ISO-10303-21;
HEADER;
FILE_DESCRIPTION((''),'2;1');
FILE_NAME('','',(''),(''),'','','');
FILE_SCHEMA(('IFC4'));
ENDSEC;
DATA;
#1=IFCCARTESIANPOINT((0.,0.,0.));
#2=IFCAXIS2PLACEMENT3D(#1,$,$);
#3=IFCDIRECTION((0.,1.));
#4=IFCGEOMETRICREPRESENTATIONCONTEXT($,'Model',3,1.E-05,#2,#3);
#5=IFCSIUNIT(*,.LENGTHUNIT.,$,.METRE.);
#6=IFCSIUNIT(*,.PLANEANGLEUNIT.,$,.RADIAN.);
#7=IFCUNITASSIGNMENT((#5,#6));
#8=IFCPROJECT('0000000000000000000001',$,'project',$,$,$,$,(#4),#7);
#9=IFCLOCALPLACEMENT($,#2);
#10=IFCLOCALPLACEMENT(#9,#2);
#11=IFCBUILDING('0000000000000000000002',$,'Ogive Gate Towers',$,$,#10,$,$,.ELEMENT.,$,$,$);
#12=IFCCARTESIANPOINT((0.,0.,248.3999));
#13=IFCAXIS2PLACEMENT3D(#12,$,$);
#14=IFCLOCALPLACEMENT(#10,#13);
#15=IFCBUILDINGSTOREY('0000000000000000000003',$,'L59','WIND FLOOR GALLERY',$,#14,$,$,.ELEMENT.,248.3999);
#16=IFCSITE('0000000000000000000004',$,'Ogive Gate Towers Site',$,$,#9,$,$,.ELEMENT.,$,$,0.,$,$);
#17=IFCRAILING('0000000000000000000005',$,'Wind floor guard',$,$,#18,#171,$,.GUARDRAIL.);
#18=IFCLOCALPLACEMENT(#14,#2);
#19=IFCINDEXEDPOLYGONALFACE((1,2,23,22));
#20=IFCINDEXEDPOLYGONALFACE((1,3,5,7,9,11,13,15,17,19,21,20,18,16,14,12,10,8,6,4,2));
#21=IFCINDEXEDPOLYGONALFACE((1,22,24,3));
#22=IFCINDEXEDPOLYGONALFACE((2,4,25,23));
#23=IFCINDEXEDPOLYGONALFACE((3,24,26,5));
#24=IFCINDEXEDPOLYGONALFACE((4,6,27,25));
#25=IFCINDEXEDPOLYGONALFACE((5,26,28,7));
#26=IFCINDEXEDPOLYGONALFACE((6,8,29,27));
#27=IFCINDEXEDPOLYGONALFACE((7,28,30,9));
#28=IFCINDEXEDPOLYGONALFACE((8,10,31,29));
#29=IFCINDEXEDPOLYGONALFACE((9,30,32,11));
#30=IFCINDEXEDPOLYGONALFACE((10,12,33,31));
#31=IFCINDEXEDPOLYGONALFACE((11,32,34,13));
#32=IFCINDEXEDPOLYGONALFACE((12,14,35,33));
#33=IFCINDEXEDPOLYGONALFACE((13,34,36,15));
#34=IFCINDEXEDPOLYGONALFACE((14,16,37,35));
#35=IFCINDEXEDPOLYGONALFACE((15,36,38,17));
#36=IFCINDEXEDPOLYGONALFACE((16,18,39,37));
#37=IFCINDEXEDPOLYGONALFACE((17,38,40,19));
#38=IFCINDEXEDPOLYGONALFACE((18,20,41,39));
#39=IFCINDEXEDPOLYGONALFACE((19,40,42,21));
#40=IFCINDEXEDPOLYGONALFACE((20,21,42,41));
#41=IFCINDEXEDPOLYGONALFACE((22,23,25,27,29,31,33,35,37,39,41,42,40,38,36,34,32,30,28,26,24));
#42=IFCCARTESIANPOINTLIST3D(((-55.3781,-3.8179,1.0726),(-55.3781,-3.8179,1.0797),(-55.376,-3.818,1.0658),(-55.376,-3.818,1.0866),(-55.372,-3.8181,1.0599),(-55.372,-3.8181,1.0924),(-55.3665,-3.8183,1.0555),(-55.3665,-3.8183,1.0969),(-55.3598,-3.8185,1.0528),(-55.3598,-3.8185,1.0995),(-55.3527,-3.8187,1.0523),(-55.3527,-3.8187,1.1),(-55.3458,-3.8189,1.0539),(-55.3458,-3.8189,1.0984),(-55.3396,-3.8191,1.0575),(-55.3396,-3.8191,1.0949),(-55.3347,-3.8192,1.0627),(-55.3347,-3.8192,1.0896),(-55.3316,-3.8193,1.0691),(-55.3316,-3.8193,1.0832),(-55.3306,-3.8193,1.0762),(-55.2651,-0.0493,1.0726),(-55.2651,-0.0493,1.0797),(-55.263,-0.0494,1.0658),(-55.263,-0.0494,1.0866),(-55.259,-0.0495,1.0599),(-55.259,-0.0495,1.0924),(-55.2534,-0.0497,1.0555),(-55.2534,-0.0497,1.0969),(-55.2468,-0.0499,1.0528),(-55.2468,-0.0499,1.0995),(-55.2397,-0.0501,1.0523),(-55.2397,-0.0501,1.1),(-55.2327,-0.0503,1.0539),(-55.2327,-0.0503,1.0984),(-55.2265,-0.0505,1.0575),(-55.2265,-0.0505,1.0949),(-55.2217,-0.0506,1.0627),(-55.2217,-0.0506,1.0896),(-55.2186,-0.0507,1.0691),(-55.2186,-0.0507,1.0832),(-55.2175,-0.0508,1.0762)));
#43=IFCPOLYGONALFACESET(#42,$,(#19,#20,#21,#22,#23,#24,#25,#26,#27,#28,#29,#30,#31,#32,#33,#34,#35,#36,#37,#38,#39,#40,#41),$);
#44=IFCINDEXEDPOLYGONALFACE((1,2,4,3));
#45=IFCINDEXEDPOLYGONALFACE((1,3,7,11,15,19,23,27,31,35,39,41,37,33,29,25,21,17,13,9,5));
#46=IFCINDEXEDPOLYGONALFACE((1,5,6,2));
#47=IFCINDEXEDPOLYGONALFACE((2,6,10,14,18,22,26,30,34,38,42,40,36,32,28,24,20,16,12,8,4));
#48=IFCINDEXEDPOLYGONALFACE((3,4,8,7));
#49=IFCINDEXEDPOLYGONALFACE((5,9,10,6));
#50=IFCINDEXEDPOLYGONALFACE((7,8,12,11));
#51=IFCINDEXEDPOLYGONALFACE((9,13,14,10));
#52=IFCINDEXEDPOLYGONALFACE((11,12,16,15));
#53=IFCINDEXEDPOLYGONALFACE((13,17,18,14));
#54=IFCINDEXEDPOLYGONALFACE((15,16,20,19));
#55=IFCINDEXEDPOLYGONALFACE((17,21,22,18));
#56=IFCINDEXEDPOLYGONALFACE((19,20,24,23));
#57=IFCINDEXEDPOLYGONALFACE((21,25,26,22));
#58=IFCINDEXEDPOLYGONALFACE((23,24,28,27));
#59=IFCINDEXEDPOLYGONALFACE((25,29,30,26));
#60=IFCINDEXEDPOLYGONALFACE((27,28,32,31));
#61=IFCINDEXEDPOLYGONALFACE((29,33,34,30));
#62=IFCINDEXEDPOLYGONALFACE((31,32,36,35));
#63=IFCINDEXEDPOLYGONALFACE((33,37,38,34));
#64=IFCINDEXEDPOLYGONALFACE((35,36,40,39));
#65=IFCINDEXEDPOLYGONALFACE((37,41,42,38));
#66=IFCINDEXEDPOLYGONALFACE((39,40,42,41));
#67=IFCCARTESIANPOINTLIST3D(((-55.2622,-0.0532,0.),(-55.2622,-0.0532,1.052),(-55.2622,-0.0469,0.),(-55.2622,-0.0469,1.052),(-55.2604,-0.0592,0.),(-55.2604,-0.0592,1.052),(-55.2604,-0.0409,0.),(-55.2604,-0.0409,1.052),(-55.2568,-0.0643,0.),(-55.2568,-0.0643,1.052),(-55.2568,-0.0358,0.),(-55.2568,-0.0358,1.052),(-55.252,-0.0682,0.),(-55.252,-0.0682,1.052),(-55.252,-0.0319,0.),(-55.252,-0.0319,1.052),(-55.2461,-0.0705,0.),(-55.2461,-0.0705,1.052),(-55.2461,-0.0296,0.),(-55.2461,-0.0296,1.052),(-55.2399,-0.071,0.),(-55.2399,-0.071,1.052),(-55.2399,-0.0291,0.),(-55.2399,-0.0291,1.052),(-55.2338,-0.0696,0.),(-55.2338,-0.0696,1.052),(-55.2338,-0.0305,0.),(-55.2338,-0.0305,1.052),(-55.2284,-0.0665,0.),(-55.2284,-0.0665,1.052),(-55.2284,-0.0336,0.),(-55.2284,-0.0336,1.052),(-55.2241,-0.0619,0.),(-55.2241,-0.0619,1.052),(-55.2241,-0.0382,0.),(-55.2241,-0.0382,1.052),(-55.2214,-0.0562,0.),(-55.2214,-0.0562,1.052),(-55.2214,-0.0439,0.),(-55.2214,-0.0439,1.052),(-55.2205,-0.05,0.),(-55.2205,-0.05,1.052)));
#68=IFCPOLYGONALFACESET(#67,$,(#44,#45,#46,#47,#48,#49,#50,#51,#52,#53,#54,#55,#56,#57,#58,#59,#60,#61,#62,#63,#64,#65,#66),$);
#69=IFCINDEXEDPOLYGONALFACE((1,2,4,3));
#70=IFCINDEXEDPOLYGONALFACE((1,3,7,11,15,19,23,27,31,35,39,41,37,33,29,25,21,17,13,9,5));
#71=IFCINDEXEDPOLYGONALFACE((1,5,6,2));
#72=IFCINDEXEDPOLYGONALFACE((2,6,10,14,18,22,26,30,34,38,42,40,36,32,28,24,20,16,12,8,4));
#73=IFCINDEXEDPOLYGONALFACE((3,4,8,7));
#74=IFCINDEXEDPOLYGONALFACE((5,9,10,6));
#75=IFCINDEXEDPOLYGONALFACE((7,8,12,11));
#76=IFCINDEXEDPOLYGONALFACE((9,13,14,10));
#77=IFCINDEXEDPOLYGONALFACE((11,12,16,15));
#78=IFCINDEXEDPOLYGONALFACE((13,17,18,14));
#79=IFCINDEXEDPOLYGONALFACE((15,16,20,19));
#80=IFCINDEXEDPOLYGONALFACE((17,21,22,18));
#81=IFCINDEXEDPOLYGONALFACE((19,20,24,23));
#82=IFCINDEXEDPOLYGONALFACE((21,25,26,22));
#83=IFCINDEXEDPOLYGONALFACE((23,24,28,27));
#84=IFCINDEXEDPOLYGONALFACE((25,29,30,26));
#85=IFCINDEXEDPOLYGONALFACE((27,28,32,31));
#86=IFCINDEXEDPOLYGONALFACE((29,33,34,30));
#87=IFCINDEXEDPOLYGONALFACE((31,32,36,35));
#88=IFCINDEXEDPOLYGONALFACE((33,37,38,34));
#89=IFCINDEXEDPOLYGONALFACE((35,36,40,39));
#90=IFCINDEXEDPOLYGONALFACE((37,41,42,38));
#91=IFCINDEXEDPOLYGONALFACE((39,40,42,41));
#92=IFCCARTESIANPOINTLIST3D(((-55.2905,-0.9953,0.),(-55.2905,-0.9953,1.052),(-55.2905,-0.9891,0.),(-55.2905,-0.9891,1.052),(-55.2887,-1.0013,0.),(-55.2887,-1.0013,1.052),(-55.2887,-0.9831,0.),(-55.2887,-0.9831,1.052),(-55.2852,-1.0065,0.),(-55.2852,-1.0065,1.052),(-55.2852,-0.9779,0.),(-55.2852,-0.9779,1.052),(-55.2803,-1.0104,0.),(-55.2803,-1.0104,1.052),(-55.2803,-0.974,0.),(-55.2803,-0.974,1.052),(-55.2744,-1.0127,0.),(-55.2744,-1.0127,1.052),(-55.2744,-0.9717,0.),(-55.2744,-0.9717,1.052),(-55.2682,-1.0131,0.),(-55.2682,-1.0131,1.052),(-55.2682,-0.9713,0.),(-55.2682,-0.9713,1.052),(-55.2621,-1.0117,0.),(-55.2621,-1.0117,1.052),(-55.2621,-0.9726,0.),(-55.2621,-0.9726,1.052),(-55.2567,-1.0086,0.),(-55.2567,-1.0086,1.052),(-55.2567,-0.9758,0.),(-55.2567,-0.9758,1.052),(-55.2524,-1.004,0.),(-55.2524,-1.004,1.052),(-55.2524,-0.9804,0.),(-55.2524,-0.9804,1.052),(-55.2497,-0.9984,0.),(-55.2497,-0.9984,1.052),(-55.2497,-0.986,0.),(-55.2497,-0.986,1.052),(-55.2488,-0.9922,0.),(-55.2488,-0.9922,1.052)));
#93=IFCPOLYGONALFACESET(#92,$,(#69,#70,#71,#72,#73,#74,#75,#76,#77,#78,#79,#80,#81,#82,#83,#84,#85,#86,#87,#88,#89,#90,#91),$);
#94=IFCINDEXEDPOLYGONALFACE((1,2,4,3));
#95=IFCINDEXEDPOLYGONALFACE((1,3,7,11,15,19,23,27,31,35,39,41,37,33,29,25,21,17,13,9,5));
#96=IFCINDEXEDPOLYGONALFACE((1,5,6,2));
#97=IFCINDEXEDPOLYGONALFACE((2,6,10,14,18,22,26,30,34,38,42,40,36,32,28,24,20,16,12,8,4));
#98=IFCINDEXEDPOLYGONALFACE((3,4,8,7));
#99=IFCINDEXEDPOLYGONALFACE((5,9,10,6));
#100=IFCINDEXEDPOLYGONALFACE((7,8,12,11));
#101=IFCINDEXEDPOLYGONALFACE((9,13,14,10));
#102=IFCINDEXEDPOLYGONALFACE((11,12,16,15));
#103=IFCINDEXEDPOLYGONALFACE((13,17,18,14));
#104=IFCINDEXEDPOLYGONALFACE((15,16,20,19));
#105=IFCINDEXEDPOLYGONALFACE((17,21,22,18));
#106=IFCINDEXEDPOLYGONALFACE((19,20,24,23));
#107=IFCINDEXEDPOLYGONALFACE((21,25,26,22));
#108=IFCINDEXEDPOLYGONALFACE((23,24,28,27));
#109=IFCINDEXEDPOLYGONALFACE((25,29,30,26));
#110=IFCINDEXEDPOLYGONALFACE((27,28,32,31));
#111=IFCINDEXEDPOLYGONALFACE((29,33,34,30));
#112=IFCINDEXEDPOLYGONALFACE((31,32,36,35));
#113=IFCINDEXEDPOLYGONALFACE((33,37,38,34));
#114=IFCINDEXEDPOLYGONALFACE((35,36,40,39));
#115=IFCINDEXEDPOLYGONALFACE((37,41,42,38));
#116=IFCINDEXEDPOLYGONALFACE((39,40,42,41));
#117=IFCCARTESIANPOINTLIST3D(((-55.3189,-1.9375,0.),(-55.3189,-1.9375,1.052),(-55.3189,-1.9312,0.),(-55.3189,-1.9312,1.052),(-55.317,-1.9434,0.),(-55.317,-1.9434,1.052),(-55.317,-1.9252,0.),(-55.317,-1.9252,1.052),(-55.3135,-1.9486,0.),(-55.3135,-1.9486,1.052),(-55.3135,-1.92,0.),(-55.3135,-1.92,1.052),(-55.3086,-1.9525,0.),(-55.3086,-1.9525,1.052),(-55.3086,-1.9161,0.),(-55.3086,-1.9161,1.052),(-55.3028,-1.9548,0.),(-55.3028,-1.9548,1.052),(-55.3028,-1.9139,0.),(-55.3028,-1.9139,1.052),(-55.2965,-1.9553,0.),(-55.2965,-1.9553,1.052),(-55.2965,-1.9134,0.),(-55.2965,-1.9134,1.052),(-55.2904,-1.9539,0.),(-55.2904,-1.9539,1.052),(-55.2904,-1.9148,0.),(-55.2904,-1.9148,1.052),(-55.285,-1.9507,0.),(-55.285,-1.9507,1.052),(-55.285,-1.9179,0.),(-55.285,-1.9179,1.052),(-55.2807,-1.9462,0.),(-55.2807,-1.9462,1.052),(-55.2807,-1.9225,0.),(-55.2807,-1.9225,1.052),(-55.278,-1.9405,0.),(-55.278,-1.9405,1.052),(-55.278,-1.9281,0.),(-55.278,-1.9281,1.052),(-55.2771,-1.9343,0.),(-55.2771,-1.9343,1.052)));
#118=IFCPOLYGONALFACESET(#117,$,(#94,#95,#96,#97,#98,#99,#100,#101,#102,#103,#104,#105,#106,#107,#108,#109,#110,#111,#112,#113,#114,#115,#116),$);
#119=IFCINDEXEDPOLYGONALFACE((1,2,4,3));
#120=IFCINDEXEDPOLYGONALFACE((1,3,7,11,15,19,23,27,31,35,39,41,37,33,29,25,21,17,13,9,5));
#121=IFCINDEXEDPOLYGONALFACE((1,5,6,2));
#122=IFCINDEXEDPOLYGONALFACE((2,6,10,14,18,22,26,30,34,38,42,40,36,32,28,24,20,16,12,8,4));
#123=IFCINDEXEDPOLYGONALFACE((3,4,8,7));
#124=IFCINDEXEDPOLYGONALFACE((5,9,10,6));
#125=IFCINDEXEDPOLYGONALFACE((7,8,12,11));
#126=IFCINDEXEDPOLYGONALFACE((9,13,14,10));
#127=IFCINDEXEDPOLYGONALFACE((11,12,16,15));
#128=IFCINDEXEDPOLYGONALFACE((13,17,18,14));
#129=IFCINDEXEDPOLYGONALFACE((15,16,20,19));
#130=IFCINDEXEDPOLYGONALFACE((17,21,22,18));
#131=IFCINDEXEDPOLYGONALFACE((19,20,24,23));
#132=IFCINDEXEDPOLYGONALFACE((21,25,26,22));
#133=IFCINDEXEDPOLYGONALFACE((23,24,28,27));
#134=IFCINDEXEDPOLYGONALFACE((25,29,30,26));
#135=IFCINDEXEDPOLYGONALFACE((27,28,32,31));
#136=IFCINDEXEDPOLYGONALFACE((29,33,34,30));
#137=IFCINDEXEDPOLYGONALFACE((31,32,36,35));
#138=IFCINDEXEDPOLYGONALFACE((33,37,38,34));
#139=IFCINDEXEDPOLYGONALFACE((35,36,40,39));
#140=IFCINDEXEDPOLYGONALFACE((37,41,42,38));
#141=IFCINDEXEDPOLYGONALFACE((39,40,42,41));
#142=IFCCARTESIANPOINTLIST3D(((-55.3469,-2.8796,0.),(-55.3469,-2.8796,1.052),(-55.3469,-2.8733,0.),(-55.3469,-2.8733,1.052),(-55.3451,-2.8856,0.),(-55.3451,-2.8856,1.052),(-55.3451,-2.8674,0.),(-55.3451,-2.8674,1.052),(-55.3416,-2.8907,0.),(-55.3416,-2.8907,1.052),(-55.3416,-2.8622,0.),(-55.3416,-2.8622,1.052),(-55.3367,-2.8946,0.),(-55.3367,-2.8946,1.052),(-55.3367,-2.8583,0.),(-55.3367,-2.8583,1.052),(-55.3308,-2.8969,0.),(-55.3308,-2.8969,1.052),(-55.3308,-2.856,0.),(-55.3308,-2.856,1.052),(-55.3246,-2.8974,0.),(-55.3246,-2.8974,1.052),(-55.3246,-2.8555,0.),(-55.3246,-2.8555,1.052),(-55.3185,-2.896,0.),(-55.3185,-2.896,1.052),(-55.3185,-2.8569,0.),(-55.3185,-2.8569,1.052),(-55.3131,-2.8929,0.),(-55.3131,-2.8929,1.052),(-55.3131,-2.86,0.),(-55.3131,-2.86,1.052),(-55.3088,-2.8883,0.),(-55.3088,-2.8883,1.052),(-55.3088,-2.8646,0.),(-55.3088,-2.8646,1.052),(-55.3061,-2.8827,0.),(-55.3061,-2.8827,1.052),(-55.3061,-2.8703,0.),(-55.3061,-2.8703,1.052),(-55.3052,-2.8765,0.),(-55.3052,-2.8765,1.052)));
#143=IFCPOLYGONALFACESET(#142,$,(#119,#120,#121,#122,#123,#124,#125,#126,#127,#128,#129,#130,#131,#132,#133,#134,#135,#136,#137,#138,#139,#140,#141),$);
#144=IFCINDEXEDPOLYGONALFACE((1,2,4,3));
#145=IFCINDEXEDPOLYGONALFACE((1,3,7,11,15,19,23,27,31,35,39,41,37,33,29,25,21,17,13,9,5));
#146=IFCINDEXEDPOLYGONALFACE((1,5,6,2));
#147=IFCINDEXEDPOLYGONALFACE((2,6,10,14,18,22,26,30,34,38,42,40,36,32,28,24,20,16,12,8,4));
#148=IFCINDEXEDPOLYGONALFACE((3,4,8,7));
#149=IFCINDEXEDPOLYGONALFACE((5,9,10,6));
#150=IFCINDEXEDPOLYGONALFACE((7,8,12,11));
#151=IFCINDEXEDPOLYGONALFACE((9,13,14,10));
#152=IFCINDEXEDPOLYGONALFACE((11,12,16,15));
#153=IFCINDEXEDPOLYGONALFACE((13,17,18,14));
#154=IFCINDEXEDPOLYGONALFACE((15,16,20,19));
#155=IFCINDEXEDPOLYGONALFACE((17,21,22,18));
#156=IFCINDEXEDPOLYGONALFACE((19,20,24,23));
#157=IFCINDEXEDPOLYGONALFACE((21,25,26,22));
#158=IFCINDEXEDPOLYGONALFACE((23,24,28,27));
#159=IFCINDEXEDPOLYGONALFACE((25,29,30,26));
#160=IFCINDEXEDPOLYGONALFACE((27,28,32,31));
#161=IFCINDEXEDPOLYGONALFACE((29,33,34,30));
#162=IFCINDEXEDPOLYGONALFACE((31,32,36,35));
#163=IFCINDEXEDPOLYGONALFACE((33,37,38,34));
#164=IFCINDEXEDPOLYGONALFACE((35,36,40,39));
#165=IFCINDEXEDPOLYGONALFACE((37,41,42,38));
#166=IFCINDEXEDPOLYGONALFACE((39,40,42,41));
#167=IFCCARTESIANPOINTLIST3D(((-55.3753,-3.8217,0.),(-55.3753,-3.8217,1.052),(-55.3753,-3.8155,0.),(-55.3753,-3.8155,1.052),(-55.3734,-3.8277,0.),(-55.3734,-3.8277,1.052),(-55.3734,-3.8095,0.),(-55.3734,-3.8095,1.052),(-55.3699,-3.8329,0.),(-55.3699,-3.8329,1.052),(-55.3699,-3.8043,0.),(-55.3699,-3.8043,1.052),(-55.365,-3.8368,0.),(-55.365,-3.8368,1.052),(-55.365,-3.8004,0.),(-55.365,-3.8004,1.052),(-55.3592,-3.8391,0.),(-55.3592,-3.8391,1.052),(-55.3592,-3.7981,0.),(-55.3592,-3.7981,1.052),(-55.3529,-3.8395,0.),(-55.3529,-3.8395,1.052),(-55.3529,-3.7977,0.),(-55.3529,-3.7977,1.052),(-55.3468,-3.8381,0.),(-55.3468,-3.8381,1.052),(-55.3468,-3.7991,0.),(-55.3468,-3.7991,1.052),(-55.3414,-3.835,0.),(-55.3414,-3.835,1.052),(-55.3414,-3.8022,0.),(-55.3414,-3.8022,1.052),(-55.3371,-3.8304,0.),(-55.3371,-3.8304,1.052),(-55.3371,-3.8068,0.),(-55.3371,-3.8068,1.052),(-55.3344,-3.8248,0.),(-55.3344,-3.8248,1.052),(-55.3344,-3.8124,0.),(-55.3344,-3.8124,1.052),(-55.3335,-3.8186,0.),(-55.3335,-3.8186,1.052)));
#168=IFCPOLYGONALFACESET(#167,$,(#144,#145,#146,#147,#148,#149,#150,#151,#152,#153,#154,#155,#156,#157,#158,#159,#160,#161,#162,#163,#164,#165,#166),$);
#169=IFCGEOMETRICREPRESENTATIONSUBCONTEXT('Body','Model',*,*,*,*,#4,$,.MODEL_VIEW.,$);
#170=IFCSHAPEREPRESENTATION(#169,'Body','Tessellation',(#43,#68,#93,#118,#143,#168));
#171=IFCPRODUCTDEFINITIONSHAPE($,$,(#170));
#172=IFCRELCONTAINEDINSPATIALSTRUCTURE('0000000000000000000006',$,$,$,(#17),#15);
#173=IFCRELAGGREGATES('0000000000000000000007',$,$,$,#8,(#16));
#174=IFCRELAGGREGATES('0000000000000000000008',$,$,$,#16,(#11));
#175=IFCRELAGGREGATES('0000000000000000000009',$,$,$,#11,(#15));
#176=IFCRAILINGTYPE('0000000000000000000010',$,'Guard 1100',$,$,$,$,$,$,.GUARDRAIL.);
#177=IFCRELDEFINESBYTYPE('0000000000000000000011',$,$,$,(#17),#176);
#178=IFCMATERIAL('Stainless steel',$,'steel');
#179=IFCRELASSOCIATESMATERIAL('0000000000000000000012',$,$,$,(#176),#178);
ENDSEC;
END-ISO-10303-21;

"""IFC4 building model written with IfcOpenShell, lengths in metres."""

from ifc_helpers import new_model, si_unit, direction, frame, origin, origin_2d, place, context, subcontext, project, spatial, circle, extrude, material, type_object, element, save


model = new_model("IFC4")

# Units and contexts
model_context = context("Model", 3, precision=1e-05, world=origin(), true_north=direction((0.0, 1.0)))
body_context = subcontext(model_context, "Body", "Model", "MODEL_VIEW")
ifc_project = project(units=[si_unit("LENGTHUNIT", "METRE"), si_unit("PLANEANGLEUNIT", "RADIAN")], contexts=[model_context])

# Site, building, storey
site_placement = place(None, origin())
site = spatial("IfcSite", under=ifc_project, at=site_placement, Name="Ogive Gate Towers Site", CompositionType="ELEMENT", RefElevation=0.0)
building_placement = place(site_placement, origin())
building = spatial("IfcBuilding", under=site, at=building_placement, Name="Ogive Gate Towers", CompositionType="ELEMENT")
storey_placement = place(building_placement, frame((0.0, 0.0, 248.3999)))
storey = spatial("IfcBuildingStorey", under=building, at=storey_placement, Name="L59", Description="WIND FLOOR GALLERY", CompositionType="ELEMENT", Elevation=248.3999)

# Railing
ifc_material_1 = material(Name="Stainless steel", Category="steel")
railing_type = type_object("IfcRailingType", Name="Guard 1100", PredefinedType="GUARDRAIL", material=ifc_material_1)
railing_1_placement = place(storey_placement, frame((-55.2415, -0.05, 0.0)))
element("IfcRailing", 1, at=railing_1_placement, inside=storey, type_object=railing_type, Name="Wind floor guard", PredefinedType="GUARDRAIL", context=body_context, shape_type="SweptSolid", body=[
    extrude(circle(Radius=0.0239, at=origin_2d()), frame((0.0, 0.0, 1.0762), z_axis=(-0.029981, -0.99955, 0.0), x_axis=(0.99955, -0.029981, 0.0)), (0.0, 0.0, 1.0), 3.7703),
    extrude(circle(Radius=0.021, at=origin_2d()), origin(), (0.0, 0.0, 1.0), 1.052),
    extrude(circle(Radius=0.021, at=origin_2d()), frame((-0.0283, -0.9421, 0.0)), (0.0, 0.0, 1.0), 1.052),
    extrude(circle(Radius=0.021, at=origin_2d()), frame((-0.0566, -1.8843, 0.0)), (0.0, 0.0, 1.0), 1.052),
    extrude(circle(Radius=0.021, at=origin_2d()), frame((-0.0847, -2.8264, 0.0)), (0.0, 0.0, 1.0), 1.052),
    extrude(circle(Radius=0.021, at=origin_2d()), frame((-0.113, -3.7686, 0.0)), (0.0, 0.0, 1.0), 1.052),
])

save(model, "model.ifc")
